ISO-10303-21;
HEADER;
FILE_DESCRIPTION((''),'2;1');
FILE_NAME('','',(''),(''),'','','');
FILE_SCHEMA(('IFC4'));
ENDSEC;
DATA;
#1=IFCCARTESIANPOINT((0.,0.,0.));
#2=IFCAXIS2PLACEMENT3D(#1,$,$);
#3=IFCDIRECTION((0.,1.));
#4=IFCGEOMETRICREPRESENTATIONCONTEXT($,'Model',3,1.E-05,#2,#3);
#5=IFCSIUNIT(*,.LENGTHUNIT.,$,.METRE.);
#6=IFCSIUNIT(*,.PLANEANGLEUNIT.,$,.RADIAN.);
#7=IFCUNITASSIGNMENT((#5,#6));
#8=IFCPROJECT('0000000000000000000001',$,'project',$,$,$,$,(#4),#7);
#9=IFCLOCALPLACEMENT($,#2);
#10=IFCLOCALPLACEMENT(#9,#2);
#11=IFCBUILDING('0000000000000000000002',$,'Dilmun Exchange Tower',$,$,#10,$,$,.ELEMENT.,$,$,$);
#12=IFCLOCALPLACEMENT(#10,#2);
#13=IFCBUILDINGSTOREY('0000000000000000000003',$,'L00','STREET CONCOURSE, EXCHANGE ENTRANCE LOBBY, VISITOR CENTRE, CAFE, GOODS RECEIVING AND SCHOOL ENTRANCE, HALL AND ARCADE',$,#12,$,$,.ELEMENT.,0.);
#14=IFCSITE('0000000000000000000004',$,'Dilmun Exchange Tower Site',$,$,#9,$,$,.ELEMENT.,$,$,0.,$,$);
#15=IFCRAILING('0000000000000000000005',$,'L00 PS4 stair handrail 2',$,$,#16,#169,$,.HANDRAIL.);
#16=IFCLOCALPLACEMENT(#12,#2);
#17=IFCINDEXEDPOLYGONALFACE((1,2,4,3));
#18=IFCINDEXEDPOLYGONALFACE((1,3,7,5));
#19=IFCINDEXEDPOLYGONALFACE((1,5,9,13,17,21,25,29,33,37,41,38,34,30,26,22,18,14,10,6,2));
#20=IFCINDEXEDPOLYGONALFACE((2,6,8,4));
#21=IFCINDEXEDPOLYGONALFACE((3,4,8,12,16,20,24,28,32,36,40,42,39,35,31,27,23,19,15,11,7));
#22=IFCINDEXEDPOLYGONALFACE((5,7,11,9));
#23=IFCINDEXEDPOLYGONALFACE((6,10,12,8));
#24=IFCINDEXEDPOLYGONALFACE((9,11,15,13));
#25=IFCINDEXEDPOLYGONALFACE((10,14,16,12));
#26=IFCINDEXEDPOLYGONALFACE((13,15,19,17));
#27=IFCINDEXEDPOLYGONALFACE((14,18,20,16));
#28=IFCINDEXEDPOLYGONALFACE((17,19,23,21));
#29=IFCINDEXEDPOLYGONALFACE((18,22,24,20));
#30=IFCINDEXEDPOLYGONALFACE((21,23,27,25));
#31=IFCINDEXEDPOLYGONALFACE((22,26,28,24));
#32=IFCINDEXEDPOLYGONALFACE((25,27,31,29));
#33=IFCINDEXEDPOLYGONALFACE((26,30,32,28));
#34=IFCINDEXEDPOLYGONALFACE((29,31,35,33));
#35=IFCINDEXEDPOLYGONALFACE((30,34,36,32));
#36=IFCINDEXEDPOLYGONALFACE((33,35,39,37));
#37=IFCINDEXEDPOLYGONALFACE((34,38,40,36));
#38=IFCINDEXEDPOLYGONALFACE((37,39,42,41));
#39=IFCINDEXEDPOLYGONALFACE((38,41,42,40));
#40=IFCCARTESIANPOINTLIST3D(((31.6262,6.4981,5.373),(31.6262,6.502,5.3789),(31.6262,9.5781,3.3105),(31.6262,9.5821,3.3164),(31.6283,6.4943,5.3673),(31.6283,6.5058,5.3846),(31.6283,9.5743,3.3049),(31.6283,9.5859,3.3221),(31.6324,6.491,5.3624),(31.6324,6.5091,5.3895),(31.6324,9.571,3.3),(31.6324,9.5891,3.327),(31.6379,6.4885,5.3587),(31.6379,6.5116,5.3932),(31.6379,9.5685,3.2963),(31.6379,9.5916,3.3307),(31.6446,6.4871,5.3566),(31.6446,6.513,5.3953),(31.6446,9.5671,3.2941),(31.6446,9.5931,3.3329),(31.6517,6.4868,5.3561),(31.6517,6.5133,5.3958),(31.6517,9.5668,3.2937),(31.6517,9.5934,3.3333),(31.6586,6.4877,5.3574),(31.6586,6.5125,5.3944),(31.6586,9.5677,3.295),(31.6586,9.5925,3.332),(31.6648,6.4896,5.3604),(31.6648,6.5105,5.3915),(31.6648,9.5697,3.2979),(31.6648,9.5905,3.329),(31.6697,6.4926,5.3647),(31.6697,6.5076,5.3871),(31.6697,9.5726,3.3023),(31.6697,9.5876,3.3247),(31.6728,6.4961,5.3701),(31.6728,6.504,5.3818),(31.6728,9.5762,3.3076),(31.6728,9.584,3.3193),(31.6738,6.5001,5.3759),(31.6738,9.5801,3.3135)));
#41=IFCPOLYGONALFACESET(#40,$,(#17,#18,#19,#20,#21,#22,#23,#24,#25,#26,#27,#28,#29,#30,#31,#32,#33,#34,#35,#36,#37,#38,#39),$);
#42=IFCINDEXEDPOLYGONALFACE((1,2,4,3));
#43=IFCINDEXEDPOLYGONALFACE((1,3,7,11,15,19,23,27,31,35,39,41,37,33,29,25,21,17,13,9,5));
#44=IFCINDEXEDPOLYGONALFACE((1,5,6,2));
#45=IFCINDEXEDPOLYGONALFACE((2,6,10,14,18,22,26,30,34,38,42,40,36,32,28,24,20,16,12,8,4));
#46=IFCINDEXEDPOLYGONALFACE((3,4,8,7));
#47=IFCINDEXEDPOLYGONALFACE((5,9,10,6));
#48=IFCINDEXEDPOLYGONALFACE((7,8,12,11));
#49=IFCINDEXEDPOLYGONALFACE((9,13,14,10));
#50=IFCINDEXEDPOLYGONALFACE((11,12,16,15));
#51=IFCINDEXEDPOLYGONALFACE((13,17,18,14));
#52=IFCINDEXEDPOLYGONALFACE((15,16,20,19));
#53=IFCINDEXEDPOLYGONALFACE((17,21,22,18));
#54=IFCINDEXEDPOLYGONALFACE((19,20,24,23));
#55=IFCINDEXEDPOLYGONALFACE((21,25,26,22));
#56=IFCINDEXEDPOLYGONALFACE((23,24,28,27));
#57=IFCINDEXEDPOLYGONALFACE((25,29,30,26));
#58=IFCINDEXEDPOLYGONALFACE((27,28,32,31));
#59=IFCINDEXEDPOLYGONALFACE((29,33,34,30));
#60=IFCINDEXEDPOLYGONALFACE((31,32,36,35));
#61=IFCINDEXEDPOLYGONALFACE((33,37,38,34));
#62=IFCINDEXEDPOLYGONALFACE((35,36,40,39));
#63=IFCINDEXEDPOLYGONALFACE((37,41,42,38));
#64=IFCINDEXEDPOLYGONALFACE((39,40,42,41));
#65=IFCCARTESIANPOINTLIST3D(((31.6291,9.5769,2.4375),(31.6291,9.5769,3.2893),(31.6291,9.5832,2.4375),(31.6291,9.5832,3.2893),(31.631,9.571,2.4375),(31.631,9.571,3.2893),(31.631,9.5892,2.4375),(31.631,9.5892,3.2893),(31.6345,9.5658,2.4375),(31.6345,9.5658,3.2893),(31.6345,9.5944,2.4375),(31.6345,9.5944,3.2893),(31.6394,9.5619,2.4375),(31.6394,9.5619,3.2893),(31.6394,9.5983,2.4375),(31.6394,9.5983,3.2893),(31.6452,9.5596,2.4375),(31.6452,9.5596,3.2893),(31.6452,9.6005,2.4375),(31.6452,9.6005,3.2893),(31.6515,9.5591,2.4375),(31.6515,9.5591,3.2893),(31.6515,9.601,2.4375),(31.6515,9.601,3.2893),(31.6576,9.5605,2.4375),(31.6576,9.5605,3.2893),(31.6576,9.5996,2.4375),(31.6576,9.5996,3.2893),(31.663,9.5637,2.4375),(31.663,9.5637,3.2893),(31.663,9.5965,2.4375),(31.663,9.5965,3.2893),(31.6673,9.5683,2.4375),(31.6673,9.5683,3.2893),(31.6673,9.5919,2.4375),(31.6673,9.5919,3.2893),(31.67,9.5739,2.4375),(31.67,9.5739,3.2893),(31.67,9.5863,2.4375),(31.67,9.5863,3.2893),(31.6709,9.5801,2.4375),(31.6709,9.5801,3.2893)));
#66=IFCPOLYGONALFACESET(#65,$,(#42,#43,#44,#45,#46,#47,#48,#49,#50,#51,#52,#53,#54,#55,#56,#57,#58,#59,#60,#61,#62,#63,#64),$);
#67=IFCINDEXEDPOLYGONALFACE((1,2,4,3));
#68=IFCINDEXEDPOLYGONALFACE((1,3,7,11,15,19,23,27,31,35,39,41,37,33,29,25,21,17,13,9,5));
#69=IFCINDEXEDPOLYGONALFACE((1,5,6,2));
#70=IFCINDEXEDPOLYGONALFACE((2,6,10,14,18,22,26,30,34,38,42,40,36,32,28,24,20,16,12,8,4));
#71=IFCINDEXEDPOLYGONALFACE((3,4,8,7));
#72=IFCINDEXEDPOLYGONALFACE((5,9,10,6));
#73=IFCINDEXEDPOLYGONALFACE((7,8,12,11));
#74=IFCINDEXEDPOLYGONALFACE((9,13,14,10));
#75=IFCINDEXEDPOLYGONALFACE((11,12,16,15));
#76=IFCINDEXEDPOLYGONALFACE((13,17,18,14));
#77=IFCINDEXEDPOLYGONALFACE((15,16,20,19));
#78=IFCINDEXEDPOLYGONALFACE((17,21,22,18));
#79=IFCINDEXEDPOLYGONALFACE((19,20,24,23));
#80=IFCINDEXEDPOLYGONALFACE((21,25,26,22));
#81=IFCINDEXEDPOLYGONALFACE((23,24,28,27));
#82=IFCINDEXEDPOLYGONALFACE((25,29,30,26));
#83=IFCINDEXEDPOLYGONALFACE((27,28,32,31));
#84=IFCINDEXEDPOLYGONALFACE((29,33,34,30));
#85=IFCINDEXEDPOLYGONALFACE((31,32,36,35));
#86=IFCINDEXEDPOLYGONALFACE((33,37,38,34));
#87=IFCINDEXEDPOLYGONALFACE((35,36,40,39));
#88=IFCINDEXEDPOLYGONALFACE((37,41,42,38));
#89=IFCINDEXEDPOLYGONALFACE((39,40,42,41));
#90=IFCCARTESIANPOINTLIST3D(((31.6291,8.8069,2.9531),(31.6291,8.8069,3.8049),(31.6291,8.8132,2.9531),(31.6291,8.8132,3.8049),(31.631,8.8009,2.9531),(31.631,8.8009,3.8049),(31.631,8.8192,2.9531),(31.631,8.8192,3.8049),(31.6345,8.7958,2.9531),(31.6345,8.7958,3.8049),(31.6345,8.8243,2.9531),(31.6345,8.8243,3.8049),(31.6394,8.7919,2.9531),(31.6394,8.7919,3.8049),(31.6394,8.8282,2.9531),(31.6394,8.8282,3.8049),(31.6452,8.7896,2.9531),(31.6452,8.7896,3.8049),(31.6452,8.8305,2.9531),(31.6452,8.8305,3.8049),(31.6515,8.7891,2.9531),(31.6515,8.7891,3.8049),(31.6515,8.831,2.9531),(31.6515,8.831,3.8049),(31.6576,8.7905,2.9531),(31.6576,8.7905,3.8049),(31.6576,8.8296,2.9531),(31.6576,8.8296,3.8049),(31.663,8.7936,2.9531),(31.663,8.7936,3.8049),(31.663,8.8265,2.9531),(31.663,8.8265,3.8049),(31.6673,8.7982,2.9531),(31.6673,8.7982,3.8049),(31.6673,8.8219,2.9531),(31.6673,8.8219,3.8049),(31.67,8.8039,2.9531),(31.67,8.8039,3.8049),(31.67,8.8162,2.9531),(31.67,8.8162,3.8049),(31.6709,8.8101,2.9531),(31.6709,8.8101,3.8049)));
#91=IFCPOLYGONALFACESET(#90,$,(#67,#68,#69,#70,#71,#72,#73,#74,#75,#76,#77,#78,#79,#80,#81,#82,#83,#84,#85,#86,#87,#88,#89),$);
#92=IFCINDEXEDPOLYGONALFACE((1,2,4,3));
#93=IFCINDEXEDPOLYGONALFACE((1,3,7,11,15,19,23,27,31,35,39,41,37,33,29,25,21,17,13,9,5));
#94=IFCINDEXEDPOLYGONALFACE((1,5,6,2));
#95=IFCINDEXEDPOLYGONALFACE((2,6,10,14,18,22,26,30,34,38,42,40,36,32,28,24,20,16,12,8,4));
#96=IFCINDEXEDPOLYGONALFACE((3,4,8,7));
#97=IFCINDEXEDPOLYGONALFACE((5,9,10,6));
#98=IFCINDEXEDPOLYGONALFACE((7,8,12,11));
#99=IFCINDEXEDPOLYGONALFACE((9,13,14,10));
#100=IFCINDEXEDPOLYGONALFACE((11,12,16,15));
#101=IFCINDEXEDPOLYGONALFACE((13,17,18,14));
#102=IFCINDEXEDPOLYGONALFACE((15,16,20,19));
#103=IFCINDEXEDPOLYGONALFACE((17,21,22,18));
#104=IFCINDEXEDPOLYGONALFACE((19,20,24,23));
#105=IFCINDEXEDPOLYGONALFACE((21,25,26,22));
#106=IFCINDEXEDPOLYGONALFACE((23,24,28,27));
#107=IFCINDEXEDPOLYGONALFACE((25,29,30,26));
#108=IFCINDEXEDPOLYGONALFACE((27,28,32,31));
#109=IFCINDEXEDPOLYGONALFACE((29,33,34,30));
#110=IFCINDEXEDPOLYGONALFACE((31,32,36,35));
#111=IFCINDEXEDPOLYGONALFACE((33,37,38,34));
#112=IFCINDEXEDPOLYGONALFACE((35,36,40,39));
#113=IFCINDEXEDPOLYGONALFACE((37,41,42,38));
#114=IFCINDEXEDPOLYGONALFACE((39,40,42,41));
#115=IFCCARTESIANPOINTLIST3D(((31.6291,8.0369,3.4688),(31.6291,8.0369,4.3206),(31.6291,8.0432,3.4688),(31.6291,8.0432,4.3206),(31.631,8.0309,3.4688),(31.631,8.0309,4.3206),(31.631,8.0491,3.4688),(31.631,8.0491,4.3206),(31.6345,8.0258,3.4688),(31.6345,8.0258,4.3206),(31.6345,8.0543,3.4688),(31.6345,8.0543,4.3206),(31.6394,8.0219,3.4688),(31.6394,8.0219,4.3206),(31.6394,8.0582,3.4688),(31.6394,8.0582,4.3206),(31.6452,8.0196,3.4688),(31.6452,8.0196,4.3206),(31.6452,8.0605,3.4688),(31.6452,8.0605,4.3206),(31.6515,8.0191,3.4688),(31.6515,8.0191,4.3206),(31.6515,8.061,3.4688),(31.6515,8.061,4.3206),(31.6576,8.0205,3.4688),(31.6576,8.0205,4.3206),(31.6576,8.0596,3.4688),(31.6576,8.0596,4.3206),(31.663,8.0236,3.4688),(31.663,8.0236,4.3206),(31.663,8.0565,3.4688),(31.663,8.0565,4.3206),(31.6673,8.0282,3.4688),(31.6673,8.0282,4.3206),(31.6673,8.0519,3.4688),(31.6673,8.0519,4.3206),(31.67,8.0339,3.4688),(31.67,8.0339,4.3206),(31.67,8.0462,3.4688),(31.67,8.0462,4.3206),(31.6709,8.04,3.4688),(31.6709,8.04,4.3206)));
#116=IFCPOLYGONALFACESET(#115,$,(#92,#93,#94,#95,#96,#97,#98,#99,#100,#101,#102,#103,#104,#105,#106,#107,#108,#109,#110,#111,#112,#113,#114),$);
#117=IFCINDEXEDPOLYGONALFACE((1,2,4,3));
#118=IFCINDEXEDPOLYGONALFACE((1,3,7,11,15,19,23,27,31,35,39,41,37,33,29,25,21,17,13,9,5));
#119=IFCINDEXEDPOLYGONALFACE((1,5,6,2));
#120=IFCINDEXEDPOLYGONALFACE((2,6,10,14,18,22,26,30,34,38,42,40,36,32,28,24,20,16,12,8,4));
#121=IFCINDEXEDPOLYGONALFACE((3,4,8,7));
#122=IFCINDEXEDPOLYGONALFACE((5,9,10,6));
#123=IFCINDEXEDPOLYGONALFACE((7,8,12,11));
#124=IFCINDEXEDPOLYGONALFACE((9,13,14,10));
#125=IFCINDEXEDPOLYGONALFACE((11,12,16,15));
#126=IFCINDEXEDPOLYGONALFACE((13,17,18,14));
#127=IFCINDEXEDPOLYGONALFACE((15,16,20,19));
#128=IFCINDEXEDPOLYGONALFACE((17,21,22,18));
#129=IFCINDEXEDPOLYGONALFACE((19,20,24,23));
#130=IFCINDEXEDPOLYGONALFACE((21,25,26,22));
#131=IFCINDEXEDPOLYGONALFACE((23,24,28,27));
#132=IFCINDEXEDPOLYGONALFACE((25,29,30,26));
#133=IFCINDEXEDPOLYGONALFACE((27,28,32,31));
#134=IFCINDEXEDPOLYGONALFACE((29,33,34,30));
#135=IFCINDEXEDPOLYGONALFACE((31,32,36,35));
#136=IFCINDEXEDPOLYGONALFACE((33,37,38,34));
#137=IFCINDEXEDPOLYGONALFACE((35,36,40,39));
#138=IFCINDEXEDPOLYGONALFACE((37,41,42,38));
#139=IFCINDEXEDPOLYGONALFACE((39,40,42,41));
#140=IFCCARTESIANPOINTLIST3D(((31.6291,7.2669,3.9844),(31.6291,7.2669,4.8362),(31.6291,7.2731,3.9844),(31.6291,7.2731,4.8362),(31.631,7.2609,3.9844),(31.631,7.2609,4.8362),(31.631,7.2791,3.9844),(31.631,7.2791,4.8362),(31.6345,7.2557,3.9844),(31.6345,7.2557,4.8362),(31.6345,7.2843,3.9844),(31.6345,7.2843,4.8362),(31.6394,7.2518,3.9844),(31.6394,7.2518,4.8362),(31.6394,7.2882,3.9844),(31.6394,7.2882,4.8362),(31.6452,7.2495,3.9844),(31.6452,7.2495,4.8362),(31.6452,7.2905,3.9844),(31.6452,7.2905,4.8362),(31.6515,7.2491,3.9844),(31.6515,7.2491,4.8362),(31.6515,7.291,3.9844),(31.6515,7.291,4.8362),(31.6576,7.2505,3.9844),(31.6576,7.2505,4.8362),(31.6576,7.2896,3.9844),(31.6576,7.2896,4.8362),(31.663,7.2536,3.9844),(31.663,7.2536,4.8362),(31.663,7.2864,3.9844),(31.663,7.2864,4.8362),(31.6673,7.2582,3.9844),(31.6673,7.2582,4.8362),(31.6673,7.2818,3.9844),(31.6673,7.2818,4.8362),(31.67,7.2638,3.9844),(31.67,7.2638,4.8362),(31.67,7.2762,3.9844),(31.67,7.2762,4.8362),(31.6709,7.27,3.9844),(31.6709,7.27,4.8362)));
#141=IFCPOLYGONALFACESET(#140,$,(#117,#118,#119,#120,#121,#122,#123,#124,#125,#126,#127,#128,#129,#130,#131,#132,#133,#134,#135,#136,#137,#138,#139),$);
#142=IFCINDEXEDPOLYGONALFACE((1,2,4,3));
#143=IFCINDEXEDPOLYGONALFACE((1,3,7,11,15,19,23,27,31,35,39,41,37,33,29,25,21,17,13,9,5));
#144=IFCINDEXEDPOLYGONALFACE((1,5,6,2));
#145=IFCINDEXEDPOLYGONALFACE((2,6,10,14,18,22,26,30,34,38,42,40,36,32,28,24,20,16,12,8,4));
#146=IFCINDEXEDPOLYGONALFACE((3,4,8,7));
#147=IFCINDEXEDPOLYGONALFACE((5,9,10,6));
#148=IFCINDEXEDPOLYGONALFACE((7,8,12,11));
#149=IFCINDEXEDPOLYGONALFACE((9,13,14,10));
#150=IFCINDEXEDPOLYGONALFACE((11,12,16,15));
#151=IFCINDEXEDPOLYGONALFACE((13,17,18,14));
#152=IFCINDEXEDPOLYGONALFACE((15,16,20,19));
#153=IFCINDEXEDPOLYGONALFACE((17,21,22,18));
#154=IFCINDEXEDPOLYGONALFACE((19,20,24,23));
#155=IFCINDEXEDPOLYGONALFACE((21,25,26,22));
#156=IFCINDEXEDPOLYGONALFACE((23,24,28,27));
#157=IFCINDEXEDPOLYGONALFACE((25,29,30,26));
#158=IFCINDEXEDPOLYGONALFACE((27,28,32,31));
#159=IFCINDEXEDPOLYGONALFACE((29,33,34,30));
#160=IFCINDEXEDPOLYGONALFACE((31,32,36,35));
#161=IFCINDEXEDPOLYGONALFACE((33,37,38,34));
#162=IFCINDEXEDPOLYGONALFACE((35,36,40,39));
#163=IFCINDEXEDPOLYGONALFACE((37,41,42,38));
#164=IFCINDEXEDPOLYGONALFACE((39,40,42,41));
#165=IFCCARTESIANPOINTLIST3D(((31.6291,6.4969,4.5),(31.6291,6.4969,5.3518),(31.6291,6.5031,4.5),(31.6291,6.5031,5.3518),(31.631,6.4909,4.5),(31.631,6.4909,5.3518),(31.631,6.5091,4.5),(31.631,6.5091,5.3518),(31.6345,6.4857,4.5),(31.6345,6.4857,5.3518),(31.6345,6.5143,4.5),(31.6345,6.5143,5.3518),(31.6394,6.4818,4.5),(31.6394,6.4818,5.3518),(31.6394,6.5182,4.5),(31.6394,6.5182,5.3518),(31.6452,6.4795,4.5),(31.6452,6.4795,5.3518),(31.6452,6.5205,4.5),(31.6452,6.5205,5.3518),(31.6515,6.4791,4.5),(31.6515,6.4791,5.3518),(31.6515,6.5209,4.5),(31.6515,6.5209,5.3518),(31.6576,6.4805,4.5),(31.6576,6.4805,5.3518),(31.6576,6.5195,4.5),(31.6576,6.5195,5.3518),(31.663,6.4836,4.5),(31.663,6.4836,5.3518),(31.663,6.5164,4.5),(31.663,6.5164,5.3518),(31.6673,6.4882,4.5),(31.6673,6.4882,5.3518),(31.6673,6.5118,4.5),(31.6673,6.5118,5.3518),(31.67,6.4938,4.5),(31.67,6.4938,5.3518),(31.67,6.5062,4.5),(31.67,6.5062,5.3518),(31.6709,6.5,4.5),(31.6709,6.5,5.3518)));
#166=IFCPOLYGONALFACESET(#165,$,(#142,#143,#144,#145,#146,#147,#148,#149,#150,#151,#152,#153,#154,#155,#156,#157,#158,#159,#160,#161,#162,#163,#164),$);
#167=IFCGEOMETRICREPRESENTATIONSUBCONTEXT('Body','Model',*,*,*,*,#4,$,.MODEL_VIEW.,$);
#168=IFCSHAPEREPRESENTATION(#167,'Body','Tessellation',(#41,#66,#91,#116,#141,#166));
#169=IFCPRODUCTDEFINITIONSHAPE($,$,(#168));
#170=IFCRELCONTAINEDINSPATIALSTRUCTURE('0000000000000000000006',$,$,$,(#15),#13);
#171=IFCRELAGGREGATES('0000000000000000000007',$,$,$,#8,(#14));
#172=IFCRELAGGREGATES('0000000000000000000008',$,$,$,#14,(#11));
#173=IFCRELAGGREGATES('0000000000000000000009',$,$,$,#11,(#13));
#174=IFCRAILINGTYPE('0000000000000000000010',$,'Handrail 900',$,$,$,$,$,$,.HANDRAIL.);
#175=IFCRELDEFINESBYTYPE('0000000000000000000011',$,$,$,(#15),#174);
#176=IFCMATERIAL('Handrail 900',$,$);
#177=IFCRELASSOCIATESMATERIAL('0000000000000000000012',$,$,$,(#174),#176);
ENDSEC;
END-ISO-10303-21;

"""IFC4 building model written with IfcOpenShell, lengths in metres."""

from ifc_helpers import new_model, si_unit, direction, frame, origin, origin_2d, place, context, subcontext, project, spatial, circle, extrude, material, type_object, element, save


model = new_model("IFC4")

# Units and contexts
model_context = context("Model", 3, precision=1e-05, world=origin(), true_north=direction((0.0, 1.0)))
body_context = subcontext(model_context, "Body", "Model", "MODEL_VIEW")
ifc_project = project(units=[si_unit("LENGTHUNIT", "METRE"), si_unit("PLANEANGLEUNIT", "RADIAN")], contexts=[model_context])

# Site, building, storey
site_placement = place(None, origin())
site = spatial("IfcSite", under=ifc_project, at=site_placement, Name="Dilmun Exchange Tower Site", CompositionType="ELEMENT", RefElevation=0.0)
building_placement = place(site_placement, origin())
building = spatial("IfcBuilding", under=site, at=building_placement, Name="Dilmun Exchange Tower", CompositionType="ELEMENT")
storey_placement = place(building_placement, origin())
storey = spatial("IfcBuildingStorey", under=building, at=storey_placement, Name="L00", Description="STREET CONCOURSE, EXCHANGE ENTRANCE LOBBY, VISITOR CENTRE, CAFE, GOODS RECEIVING AND SCHOOL ENTRANCE, HALL AND ARCADE", CompositionType="ELEMENT", Elevation=0.0)

# Railing
ifc_material_1 = material(Name="Handrail 900")
railing_type_1 = type_object("IfcRailingType", Name="Handrail 900", PredefinedType="HANDRAIL", material=ifc_material_1)
railing_1_placement = place(storey_placement, frame((31.6499, 9.5801, 2.4375)))
element("IfcRailing", 1, at=railing_1_placement, inside=storey, type_object=railing_type_1, Name="L00 PS4 stair handrail 2", PredefinedType="HANDRAIL", context=body_context, shape_type="SweptSolid", body=[
    extrude(circle(Radius=0.0239, at=origin_2d()), frame((0.0, 0.0, 0.876), z_axis=(0.0, -0.830914, 0.556401), x_axis=(1.0, 0.0, 0.0)), (0.0, 0.0, 1.0), 3.7068),
    extrude(circle(Radius=0.021, at=origin_2d()), origin(), (0.0, 0.0, 1.0), 0.8518),
    extrude(circle(Radius=0.021, at=origin_2d()), frame((0.0, -0.77, 0.5156)), (0.0, 0.0, 1.0), 0.8518),
    extrude(circle(Radius=0.021, at=origin_2d()), frame((0.0, -1.54, 1.0312)), (0.0, 0.0, 1.0), 0.8518),
    extrude(circle(Radius=0.021, at=origin_2d()), frame((0.0, -2.3101, 1.5469)), (0.0, 0.0, 1.0), 0.8518),
    extrude(circle(Radius=0.021, at=origin_2d()), frame((0.0, -3.0801, 2.0625)), (0.0, 0.0, 1.0), 0.8518),
])

save(model, "model.ifc")
